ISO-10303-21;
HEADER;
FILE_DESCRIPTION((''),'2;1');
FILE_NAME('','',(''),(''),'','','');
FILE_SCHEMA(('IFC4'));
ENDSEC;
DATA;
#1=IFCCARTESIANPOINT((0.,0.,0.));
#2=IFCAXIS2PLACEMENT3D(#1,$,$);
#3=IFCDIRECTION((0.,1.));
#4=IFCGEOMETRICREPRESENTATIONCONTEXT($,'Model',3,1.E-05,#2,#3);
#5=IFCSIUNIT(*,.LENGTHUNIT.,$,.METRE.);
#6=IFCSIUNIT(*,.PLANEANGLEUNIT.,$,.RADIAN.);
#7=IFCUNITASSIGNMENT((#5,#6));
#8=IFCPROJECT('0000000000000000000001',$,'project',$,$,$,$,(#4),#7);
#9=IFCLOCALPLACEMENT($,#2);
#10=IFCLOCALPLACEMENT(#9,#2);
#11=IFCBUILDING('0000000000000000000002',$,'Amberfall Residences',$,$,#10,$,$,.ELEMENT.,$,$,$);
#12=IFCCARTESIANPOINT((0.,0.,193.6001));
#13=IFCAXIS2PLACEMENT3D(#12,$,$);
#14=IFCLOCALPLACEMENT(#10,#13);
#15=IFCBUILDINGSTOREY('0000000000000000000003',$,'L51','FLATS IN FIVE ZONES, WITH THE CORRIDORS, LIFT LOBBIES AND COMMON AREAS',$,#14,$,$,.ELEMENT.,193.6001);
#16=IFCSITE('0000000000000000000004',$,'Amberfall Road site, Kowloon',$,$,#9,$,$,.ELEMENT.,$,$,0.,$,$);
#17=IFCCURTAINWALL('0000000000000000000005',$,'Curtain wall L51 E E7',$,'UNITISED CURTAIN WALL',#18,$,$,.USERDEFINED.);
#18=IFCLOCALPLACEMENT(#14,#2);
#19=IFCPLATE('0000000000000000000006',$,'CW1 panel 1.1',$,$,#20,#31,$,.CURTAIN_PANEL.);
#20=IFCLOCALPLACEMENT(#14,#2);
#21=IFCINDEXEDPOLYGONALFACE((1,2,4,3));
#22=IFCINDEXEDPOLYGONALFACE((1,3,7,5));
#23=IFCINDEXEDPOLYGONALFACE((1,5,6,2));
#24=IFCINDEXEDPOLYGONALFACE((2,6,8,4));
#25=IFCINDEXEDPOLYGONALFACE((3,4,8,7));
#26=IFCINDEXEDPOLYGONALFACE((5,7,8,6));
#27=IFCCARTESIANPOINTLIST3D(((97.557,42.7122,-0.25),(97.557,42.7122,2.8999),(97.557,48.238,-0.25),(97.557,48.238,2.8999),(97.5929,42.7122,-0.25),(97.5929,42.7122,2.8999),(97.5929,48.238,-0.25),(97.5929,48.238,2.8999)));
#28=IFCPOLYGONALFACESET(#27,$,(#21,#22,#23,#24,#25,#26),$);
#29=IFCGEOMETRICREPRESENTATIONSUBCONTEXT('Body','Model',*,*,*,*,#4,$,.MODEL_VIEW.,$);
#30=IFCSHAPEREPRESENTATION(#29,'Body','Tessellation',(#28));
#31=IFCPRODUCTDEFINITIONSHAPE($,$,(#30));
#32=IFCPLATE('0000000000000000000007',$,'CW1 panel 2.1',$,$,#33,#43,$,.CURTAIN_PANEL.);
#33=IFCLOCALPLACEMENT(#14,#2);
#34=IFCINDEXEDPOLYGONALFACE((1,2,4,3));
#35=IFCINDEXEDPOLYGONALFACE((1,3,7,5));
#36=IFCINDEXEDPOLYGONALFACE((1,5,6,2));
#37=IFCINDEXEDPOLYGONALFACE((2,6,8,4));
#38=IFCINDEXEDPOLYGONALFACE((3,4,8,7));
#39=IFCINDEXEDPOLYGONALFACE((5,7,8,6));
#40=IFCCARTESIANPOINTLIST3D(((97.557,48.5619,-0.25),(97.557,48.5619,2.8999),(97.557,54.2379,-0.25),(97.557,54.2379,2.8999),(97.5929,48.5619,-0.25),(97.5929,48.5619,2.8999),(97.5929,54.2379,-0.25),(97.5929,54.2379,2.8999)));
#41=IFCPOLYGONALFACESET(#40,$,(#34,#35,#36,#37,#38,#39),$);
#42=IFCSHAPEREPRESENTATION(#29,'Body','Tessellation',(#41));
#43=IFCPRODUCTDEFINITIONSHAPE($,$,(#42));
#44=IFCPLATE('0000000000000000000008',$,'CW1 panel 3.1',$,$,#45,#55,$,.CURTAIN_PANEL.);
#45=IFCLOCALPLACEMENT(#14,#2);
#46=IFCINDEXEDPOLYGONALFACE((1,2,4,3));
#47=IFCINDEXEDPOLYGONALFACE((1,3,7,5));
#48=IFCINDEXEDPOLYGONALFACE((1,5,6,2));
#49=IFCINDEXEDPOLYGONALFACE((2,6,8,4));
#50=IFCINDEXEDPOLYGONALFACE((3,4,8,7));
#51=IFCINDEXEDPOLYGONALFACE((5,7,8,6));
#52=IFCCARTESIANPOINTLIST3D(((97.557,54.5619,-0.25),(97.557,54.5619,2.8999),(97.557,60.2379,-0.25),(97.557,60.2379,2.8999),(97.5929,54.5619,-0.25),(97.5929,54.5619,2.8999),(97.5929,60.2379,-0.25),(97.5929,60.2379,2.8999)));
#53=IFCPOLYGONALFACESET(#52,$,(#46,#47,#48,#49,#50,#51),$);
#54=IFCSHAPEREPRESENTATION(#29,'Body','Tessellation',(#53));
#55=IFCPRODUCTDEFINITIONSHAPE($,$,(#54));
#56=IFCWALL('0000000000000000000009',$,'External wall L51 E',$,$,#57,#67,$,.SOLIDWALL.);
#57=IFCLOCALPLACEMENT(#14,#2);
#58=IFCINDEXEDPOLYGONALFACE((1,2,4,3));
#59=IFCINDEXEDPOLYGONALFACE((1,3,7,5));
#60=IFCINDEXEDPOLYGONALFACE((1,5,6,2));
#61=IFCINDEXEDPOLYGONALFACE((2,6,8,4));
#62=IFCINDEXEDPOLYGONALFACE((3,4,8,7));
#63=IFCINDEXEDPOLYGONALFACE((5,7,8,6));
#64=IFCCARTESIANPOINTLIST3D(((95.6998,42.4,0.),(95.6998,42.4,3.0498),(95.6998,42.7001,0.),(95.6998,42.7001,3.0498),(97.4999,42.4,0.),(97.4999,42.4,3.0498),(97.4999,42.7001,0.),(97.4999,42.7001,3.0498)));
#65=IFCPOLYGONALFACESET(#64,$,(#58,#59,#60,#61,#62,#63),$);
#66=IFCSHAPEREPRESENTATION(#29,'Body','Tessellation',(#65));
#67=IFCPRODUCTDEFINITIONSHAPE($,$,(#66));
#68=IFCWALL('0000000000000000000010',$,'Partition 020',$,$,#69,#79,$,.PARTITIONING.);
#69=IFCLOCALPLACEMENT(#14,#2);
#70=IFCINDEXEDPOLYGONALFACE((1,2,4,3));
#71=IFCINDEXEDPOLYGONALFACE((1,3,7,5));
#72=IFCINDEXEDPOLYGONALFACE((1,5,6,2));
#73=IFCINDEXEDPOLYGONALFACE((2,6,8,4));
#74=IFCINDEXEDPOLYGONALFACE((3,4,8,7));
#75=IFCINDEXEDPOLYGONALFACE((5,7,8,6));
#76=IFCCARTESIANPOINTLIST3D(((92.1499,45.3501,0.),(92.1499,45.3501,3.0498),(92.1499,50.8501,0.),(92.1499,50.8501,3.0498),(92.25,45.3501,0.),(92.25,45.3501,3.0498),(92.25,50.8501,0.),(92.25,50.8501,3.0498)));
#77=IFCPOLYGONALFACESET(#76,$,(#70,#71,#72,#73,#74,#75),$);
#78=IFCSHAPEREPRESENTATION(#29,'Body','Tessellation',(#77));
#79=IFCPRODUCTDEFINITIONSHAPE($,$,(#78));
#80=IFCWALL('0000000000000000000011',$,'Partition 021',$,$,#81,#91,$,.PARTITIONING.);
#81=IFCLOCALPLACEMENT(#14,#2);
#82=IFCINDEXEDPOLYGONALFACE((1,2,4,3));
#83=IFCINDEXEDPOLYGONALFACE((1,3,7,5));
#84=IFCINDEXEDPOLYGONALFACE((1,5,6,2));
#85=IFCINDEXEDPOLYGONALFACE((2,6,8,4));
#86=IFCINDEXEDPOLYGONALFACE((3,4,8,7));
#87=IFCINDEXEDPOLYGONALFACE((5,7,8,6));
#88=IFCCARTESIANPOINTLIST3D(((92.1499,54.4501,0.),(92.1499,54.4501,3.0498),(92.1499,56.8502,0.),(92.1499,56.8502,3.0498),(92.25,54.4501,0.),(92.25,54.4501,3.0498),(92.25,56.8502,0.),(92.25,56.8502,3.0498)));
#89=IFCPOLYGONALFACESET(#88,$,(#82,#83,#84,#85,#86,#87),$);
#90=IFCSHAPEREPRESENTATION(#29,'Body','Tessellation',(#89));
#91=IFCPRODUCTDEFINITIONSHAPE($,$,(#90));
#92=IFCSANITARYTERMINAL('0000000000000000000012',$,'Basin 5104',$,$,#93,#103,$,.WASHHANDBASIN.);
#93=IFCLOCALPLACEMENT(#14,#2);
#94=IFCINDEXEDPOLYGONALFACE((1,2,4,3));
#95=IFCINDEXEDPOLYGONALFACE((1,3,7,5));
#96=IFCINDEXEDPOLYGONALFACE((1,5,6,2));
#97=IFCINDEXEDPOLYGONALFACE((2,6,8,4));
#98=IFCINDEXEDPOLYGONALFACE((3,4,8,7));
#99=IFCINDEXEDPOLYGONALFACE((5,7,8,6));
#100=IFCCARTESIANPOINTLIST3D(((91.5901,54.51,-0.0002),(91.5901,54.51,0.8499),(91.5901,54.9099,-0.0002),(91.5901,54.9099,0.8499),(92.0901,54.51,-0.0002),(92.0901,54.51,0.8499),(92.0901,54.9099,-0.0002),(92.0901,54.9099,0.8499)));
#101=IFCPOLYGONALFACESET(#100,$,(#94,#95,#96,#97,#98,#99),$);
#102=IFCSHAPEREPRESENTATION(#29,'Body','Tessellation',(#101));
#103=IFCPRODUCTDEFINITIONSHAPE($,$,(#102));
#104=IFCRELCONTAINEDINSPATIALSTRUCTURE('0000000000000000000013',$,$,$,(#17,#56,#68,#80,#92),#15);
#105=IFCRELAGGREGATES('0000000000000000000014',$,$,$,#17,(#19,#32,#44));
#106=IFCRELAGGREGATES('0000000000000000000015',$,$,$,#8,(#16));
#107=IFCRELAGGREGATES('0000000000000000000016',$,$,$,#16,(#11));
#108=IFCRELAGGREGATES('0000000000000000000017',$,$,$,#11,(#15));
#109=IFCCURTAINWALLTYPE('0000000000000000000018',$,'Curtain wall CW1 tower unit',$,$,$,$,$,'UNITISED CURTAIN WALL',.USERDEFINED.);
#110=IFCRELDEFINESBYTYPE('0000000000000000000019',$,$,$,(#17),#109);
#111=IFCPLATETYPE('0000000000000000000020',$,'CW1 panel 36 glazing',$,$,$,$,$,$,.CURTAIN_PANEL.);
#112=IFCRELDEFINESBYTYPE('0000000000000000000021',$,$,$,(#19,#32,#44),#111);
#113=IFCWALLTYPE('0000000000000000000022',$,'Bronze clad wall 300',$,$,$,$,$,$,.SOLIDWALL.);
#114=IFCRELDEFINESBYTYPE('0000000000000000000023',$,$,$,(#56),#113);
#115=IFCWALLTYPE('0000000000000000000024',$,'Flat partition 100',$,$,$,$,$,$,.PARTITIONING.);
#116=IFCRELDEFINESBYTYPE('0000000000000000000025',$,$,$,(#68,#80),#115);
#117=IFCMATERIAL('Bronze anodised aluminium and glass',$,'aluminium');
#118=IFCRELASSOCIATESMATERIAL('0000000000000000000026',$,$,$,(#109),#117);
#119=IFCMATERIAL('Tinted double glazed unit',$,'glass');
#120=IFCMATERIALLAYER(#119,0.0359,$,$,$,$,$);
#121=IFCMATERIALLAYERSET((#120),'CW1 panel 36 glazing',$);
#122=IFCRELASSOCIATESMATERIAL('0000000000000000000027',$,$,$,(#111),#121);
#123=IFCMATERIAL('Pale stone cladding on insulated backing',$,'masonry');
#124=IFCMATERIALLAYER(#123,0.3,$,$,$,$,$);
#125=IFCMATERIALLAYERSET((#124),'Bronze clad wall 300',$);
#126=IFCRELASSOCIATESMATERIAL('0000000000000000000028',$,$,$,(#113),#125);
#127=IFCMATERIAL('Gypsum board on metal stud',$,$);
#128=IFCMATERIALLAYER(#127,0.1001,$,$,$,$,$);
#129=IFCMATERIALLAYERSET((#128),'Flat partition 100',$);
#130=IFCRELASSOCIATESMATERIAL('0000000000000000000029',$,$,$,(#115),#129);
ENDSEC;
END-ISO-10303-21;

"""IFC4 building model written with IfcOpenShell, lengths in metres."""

from ifc_helpers import new_model, si_unit, direction, frame, frame_2d, origin, origin_2d, place, context, subcontext, project, spatial, rectangle, extrude, material, layer, layer_set, type_object, element, aggregate, save


model = new_model("IFC4")

# Units and contexts
model_context = context("Model", 3, precision=1e-05, world=origin(), true_north=direction((0.0, 1.0)))
body_context = subcontext(model_context, "Body", "Model", "MODEL_VIEW")
ifc_project = project(units=[si_unit("LENGTHUNIT", "METRE"), si_unit("PLANEANGLEUNIT", "RADIAN")], contexts=[model_context])

# Site, building, storey
site_placement = place(None, origin())
site = spatial("IfcSite", under=ifc_project, at=site_placement, Name="Amberfall Road site, Kowloon", CompositionType="ELEMENT", RefElevation=0.0)
building_placement = place(site_placement, origin())
building = spatial("IfcBuilding", under=site, at=building_placement, Name="Amberfall Residences", CompositionType="ELEMENT")
storey_placement = place(building_placement, frame((0.0, 0.0, 193.6001)))
storey = spatial("IfcBuildingStorey", under=building, at=storey_placement, Name="L51", Description="FLATS IN FIVE ZONES, WITH THE CORRIDORS, LIFT LOBBIES AND COMMON AREAS", CompositionType="ELEMENT", Elevation=193.6001)

# Curtain wall
ifc_material_1 = material(Name="Bronze anodised aluminium and glass", Category="aluminium")
curtain_wall_type = type_object("IfcCurtainWallType", Name="Curtain wall CW1 tower unit", ElementType="UNITISED CURTAIN WALL", PredefinedType="USERDEFINED", material=ifc_material_1)
curtain_wall_placement = place(storey_placement, origin())
curtain_wall = element("IfcCurtainWall", 1, at=curtain_wall_placement, inside=storey, type_object=curtain_wall_type, Name="Curtain wall L51 E E7", ObjectType="UNITISED CURTAIN WALL", PredefinedType="USERDEFINED")

# Plates
ifc_material_2 = material(Name="Tinted double glazed unit", Category="glass")
ifc_layer_1 = layer(ifc_material_2, 0.0359)
ifc_layer_set_1 = layer_set([ifc_layer_1], Name="CW1 panel 36 glazing")
plate_type = type_object("IfcPlateType", Name="CW1 panel 36 glazing", PredefinedType="CURTAIN_PANEL", material=ifc_layer_set_1)
plate_1_placement = place(storey_placement, frame((97.575, 45.4751, -0.25), z_axis=(0.0, 0.0, 1.0), x_axis=(0.0, 1.0, 0.0)))
plate_1 = element("IfcPlate", 2, at=plate_1_placement, type_object=plate_type, Name="CW1 panel 1.1", PredefinedType="CURTAIN_PANEL", context=body_context, shape_type="SweptSolid", body=[
    extrude(rectangle(XDim=5.5259, YDim=0.0359, at=origin_2d()), origin(), (0.0, 0.0, 1.0), 3.1499),
])
plate_2_placement = place(storey_placement, frame((97.575, 51.3999, -0.25), z_axis=(0.0, 0.0, 1.0), x_axis=(0.0, 1.0, 0.0)))
plate_2 = element("IfcPlate", 3, at=plate_2_placement, type_object=plate_type, Name="CW1 panel 2.1", PredefinedType="CURTAIN_PANEL", context=body_context, shape_type="SweptSolid", body=[
    extrude(rectangle(XDim=5.676, YDim=0.0359, at=origin_2d()), origin(), (0.0, 0.0, 1.0), 3.1499),
])
plate_3_placement = place(storey_placement, frame((97.575, 57.3999, -0.25), z_axis=(0.0, 0.0, 1.0), x_axis=(0.0, 1.0, 0.0)))
plate_3 = element("IfcPlate", 4, at=plate_3_placement, type_object=plate_type, Name="CW1 panel 3.1", PredefinedType="CURTAIN_PANEL", context=body_context, shape_type="SweptSolid", body=[
    extrude(rectangle(XDim=5.676, YDim=0.0359, at=origin_2d()), origin(), (0.0, 0.0, 1.0), 3.1499),
])
aggregate(curtain_wall, [plate_1, plate_2, plate_3])

# Walls
ifc_material_3 = material(Name="Pale stone cladding on insulated backing", Category="masonry")
ifc_layer_2 = layer(ifc_material_3, 0.3)
ifc_layer_set_2 = layer_set([ifc_layer_2], Name="Bronze clad wall 300")
wall_type_1 = type_object("IfcWallType", Name="Bronze clad wall 300", PredefinedType="SOLIDWALL", material=ifc_layer_set_2)
wall_1_placement = place(storey_placement, frame((95.7, 42.55, 0.0), z_axis=(0.0, 0.0, 1.0), x_axis=(1.0, 0.0, 0.0)))
element("IfcWall", 5, at=wall_1_placement, inside=storey, type_object=wall_type_1, Name="External wall L51 E", PredefinedType="SOLIDWALL", context=body_context, shape_type="SweptSolid", body=[
    extrude(rectangle(XDim=1.8, YDim=0.3, at=frame_2d((0.8999, 0.0))), origin(), (0.0, 0.0, 1.0), 3.0498),
])
ifc_material_4 = material(Name="Gypsum board on metal stud")
ifc_layer_3 = layer(ifc_material_4, 0.1001)
ifc_layer_set_3 = layer_set([ifc_layer_3], Name="Flat partition 100")
wall_type_2 = type_object("IfcWallType", Name="Flat partition 100", PredefinedType="PARTITIONING", material=ifc_layer_set_3)
wall_2_placement = place(storey_placement, frame((92.2, 45.3501, 0.0), z_axis=(0.0, 0.0, 1.0), x_axis=(0.0, 1.0, 0.0)))
element("IfcWall", 6, at=wall_2_placement, inside=storey, type_object=wall_type_2, Name="Partition 020", PredefinedType="PARTITIONING", context=body_context, shape_type="SweptSolid", body=[
    extrude(rectangle(XDim=5.5, YDim=0.1001, at=frame_2d((2.75, 0.0))), origin(), (0.0, 0.0, 1.0), 3.0498),
])
wall_3_placement = place(storey_placement, frame((92.2, 54.45, 0.0), z_axis=(0.0, 0.0, 1.0), x_axis=(0.0, 1.0, 0.0)))
element("IfcWall", 7, at=wall_3_placement, inside=storey, type_object=wall_type_2, Name="Partition 021", PredefinedType="PARTITIONING", context=body_context, shape_type="SweptSolid", body=[
    extrude(rectangle(XDim=2.4001, YDim=0.1001, at=frame_2d((1.2002, 0.0))), origin(), (0.0, 0.0, 1.0), 3.0498),
])

# Sanitary terminal
sanitary_terminal_placement = place(storey_placement, frame((91.8401, 54.71, -0.0002), z_axis=(0.0, 0.0, 1.0), x_axis=(1.0, 0.0, 0.0)))
element("IfcSanitaryTerminal", 8, at=sanitary_terminal_placement, inside=storey, Name="Basin 5104", PredefinedType="WASHHANDBASIN", context=body_context, shape_type="SweptSolid", body=[
    extrude(rectangle(XDim=0.5, YDim=0.3999, at=origin_2d()), origin(), (0.0, 0.0, 1.0), 0.8501),
])

save(model, "model.ifc")
